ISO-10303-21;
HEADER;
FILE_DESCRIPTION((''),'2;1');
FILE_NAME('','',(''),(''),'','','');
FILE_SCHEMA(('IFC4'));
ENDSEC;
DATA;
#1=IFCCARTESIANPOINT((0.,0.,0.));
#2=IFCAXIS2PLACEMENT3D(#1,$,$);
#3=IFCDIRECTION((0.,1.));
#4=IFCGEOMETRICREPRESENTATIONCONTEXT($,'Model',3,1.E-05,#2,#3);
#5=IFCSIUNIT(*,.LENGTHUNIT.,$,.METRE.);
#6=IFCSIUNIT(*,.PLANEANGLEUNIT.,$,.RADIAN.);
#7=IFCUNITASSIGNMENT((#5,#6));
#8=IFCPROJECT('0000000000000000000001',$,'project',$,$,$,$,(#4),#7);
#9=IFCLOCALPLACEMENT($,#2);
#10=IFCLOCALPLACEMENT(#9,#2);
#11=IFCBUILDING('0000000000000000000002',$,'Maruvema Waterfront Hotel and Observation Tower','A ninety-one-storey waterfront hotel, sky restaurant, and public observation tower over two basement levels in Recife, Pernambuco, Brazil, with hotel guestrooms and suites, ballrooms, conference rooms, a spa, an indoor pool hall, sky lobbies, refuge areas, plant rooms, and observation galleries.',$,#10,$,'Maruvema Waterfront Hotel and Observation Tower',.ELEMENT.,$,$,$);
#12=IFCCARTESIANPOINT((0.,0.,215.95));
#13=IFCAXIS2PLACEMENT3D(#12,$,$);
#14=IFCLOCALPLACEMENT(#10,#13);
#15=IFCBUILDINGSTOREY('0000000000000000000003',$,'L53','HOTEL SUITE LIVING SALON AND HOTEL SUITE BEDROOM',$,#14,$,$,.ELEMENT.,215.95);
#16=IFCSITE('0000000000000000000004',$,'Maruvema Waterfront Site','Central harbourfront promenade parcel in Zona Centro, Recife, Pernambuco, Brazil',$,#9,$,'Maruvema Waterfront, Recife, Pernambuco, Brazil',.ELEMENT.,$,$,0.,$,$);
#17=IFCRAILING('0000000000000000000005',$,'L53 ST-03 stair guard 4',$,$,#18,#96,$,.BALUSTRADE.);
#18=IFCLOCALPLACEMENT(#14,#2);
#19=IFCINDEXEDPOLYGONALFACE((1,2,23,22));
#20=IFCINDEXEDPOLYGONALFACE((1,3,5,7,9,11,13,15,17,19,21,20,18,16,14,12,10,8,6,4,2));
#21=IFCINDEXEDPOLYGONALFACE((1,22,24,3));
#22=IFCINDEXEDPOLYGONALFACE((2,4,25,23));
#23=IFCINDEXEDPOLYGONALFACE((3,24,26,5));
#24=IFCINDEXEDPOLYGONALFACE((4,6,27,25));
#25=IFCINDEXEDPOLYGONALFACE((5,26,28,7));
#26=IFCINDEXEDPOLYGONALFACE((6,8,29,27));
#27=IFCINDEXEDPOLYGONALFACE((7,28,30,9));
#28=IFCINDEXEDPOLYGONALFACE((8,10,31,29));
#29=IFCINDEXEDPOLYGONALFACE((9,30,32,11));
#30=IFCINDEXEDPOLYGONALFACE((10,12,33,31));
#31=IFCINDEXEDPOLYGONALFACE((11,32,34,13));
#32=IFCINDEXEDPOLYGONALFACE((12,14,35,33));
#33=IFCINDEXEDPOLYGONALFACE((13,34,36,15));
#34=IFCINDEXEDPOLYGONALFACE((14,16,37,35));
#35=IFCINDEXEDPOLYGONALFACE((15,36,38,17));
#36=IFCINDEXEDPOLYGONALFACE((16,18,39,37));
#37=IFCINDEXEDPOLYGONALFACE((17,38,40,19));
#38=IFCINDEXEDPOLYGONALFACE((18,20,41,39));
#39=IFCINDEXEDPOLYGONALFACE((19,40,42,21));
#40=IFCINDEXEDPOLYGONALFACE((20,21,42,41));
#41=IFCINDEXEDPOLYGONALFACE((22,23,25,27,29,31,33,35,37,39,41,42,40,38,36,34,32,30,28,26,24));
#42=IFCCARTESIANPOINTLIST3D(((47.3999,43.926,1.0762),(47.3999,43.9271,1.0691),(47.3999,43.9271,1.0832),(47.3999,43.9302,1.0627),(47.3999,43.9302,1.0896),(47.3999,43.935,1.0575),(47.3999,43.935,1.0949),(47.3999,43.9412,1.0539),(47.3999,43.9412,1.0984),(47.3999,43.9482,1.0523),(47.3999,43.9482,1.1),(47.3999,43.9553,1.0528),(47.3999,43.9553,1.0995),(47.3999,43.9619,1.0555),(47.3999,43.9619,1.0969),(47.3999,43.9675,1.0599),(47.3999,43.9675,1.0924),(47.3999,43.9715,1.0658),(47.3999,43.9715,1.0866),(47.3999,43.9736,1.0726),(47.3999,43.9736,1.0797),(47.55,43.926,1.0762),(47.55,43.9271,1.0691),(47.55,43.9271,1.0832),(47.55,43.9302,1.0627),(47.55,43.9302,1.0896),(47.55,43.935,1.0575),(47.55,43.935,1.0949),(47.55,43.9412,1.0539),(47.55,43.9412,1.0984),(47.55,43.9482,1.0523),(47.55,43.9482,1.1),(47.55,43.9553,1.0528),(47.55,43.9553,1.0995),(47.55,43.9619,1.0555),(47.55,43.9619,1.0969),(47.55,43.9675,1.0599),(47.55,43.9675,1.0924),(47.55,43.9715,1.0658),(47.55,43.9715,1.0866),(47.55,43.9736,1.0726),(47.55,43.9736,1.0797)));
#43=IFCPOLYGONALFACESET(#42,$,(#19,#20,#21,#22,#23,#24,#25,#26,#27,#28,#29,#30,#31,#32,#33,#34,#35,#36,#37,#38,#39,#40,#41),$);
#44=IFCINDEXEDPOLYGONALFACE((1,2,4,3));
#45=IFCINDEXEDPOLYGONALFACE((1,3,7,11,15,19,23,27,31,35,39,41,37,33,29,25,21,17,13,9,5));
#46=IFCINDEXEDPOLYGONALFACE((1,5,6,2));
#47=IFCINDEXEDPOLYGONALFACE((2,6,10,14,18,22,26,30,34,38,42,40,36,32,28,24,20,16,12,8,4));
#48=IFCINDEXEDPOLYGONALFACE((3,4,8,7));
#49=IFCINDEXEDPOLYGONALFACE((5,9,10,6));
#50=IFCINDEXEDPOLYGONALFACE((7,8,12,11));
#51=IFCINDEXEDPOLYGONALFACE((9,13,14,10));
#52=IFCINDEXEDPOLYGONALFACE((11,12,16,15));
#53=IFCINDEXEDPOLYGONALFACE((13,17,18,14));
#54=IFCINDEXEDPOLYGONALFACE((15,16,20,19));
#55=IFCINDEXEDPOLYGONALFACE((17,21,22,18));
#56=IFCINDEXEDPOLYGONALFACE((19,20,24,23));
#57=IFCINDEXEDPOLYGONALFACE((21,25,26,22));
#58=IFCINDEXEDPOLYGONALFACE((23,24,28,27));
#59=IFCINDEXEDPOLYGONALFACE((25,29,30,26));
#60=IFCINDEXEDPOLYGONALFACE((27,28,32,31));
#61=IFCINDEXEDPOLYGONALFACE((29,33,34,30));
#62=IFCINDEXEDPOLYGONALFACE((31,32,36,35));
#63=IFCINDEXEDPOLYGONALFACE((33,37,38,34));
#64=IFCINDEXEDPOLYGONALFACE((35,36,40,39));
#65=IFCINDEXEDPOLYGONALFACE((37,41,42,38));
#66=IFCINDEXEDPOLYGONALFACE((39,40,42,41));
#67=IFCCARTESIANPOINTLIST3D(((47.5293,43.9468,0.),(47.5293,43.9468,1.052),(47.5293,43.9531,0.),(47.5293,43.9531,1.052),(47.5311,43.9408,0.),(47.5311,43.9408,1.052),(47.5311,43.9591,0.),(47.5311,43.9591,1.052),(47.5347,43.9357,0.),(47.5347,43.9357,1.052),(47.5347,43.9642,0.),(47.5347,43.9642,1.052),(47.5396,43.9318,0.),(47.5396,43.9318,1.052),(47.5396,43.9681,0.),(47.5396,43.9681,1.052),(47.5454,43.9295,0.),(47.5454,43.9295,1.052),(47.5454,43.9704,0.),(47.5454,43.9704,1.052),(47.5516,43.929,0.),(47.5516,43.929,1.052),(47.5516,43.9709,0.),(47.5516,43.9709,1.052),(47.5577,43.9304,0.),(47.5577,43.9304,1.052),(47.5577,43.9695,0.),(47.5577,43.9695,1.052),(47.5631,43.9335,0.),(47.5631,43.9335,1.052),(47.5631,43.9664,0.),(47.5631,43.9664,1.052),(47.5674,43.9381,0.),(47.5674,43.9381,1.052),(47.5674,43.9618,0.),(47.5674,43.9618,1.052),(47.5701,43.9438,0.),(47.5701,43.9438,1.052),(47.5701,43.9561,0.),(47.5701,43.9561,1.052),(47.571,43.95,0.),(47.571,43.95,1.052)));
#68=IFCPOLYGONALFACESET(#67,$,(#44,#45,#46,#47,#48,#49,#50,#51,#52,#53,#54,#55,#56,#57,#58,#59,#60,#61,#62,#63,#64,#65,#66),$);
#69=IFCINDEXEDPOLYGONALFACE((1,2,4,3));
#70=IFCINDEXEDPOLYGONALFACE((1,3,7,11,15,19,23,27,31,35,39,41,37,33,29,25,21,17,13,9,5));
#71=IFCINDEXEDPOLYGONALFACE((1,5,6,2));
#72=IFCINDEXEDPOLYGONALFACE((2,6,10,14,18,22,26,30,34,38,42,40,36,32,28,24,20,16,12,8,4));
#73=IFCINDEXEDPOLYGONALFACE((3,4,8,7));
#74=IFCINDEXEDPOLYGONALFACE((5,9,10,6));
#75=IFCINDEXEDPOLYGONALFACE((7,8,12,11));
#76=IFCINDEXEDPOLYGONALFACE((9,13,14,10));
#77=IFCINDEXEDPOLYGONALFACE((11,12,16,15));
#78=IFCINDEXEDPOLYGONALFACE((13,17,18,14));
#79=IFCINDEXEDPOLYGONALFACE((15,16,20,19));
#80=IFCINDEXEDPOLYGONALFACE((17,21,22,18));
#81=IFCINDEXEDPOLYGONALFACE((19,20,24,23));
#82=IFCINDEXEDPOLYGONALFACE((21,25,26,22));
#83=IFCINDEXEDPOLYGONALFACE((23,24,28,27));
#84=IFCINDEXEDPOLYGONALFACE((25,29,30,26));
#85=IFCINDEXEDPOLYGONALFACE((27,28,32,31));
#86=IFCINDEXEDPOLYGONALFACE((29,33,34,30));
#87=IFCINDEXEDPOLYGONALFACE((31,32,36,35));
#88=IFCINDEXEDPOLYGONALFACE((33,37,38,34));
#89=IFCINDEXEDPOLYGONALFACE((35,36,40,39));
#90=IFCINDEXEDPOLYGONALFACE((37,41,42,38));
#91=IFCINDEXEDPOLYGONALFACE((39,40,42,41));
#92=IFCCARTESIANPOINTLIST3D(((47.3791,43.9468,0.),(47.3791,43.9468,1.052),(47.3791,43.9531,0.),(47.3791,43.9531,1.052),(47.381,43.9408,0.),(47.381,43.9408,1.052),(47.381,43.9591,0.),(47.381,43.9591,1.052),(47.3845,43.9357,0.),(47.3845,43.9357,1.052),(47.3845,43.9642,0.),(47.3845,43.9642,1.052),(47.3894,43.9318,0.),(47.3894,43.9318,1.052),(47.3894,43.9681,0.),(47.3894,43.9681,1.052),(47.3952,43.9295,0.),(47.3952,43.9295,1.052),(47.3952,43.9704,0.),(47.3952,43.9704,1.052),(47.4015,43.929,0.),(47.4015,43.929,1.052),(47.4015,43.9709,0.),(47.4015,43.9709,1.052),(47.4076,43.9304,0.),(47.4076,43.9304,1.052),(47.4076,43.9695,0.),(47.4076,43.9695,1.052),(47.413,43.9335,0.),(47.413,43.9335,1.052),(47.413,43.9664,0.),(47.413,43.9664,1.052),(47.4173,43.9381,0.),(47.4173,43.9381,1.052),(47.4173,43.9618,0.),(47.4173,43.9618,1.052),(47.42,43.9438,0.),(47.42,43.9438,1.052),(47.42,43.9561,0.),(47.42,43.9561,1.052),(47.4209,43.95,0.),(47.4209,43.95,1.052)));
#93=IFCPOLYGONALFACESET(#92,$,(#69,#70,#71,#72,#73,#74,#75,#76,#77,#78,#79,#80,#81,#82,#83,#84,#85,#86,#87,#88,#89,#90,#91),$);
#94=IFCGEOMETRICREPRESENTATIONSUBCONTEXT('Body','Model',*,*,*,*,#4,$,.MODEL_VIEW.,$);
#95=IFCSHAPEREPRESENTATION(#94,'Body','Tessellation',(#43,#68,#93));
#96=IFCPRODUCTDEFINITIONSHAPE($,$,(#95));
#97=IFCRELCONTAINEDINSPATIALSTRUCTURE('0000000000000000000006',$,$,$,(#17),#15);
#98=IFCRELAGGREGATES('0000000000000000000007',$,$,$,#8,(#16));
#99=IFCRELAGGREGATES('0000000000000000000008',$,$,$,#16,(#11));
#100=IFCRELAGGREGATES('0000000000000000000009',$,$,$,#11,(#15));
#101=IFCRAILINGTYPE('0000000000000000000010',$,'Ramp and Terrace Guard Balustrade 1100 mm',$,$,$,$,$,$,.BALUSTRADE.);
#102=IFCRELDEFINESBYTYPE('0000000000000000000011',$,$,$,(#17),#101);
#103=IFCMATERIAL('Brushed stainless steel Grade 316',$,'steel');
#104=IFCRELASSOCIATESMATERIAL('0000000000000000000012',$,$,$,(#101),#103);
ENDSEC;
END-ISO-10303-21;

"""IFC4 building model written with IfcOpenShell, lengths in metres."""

from ifc_helpers import new_model, si_unit, direction, frame, origin, origin_2d, place, context, subcontext, project, spatial, circle, extrude, material, type_object, element, save


model = new_model("IFC4")

# Units and contexts
model_context = context("Model", 3, precision=1e-05, world=origin(), true_north=direction((0.0, 1.0)))
body_context = subcontext(model_context, "Body", "Model", "MODEL_VIEW")
ifc_project = project(units=[si_unit("LENGTHUNIT", "METRE"), si_unit("PLANEANGLEUNIT", "RADIAN")], contexts=[model_context])

# Site, building, storey
site_placement = place(None, origin())
site = spatial("IfcSite", under=ifc_project, at=site_placement, Name="Maruvema Waterfront Site", Description="Central harbourfront promenade parcel in Zona Centro, Recife, Pernambuco, Brazil", LongName="Maruvema Waterfront, Recife, Pernambuco, Brazil", CompositionType="ELEMENT", RefElevation=0.0)
building_placement = place(site_placement, origin())
building = spatial("IfcBuilding", under=site, at=building_placement, Name="Maruvema Waterfront Hotel and Observation Tower", Description="A ninety-one-storey waterfront hotel, sky restaurant, and public observation tower over two basement levels in Recife, Pernambuco, Brazil, with hotel guestrooms and suites, ballrooms, conference rooms, a spa, an indoor pool hall, sky lobbies, refuge areas, plant rooms, and observation galleries.", LongName="Maruvema Waterfront Hotel and Observation Tower", CompositionType="ELEMENT")
storey_placement = place(building_placement, frame((0.0, 0.0, 215.95)))
storey = spatial("IfcBuildingStorey", under=building, at=storey_placement, Name="L53", Description="HOTEL SUITE LIVING SALON AND HOTEL SUITE BEDROOM", CompositionType="ELEMENT", Elevation=215.95)

# Railing
ifc_material_1 = material(Name="Brushed stainless steel Grade 316", Category="steel")
railing_type = type_object("IfcRailingType", Name="Ramp and Terrace Guard Balustrade 1100 mm", PredefinedType="BALUSTRADE", material=ifc_material_1)
railing_1_placement = place(storey_placement, frame((47.55, 43.95, 0.0)))
element("IfcRailing", 1, at=railing_1_placement, inside=storey, type_object=railing_type, Name="L53 ST-03 stair guard 4", PredefinedType="BALUSTRADE", context=body_context, shape_type="SweptSolid", body=[
    extrude(circle(Radius=0.0239, at=origin_2d()), frame((0.0, 0.0, 1.0762), z_axis=(-1.0, 0.0, 0.0), x_axis=(0.0, -1.0, 0.0)), (0.0, 0.0, 1.0), 0.1501),
    extrude(circle(Radius=0.021, at=origin_2d()), origin(), (0.0, 0.0, 1.0), 1.052),
    extrude(circle(Radius=0.021, at=origin_2d()), frame((-0.1501, 0.0, 0.0)), (0.0, 0.0, 1.0), 1.052),
])

save(model, "model.ifc")
